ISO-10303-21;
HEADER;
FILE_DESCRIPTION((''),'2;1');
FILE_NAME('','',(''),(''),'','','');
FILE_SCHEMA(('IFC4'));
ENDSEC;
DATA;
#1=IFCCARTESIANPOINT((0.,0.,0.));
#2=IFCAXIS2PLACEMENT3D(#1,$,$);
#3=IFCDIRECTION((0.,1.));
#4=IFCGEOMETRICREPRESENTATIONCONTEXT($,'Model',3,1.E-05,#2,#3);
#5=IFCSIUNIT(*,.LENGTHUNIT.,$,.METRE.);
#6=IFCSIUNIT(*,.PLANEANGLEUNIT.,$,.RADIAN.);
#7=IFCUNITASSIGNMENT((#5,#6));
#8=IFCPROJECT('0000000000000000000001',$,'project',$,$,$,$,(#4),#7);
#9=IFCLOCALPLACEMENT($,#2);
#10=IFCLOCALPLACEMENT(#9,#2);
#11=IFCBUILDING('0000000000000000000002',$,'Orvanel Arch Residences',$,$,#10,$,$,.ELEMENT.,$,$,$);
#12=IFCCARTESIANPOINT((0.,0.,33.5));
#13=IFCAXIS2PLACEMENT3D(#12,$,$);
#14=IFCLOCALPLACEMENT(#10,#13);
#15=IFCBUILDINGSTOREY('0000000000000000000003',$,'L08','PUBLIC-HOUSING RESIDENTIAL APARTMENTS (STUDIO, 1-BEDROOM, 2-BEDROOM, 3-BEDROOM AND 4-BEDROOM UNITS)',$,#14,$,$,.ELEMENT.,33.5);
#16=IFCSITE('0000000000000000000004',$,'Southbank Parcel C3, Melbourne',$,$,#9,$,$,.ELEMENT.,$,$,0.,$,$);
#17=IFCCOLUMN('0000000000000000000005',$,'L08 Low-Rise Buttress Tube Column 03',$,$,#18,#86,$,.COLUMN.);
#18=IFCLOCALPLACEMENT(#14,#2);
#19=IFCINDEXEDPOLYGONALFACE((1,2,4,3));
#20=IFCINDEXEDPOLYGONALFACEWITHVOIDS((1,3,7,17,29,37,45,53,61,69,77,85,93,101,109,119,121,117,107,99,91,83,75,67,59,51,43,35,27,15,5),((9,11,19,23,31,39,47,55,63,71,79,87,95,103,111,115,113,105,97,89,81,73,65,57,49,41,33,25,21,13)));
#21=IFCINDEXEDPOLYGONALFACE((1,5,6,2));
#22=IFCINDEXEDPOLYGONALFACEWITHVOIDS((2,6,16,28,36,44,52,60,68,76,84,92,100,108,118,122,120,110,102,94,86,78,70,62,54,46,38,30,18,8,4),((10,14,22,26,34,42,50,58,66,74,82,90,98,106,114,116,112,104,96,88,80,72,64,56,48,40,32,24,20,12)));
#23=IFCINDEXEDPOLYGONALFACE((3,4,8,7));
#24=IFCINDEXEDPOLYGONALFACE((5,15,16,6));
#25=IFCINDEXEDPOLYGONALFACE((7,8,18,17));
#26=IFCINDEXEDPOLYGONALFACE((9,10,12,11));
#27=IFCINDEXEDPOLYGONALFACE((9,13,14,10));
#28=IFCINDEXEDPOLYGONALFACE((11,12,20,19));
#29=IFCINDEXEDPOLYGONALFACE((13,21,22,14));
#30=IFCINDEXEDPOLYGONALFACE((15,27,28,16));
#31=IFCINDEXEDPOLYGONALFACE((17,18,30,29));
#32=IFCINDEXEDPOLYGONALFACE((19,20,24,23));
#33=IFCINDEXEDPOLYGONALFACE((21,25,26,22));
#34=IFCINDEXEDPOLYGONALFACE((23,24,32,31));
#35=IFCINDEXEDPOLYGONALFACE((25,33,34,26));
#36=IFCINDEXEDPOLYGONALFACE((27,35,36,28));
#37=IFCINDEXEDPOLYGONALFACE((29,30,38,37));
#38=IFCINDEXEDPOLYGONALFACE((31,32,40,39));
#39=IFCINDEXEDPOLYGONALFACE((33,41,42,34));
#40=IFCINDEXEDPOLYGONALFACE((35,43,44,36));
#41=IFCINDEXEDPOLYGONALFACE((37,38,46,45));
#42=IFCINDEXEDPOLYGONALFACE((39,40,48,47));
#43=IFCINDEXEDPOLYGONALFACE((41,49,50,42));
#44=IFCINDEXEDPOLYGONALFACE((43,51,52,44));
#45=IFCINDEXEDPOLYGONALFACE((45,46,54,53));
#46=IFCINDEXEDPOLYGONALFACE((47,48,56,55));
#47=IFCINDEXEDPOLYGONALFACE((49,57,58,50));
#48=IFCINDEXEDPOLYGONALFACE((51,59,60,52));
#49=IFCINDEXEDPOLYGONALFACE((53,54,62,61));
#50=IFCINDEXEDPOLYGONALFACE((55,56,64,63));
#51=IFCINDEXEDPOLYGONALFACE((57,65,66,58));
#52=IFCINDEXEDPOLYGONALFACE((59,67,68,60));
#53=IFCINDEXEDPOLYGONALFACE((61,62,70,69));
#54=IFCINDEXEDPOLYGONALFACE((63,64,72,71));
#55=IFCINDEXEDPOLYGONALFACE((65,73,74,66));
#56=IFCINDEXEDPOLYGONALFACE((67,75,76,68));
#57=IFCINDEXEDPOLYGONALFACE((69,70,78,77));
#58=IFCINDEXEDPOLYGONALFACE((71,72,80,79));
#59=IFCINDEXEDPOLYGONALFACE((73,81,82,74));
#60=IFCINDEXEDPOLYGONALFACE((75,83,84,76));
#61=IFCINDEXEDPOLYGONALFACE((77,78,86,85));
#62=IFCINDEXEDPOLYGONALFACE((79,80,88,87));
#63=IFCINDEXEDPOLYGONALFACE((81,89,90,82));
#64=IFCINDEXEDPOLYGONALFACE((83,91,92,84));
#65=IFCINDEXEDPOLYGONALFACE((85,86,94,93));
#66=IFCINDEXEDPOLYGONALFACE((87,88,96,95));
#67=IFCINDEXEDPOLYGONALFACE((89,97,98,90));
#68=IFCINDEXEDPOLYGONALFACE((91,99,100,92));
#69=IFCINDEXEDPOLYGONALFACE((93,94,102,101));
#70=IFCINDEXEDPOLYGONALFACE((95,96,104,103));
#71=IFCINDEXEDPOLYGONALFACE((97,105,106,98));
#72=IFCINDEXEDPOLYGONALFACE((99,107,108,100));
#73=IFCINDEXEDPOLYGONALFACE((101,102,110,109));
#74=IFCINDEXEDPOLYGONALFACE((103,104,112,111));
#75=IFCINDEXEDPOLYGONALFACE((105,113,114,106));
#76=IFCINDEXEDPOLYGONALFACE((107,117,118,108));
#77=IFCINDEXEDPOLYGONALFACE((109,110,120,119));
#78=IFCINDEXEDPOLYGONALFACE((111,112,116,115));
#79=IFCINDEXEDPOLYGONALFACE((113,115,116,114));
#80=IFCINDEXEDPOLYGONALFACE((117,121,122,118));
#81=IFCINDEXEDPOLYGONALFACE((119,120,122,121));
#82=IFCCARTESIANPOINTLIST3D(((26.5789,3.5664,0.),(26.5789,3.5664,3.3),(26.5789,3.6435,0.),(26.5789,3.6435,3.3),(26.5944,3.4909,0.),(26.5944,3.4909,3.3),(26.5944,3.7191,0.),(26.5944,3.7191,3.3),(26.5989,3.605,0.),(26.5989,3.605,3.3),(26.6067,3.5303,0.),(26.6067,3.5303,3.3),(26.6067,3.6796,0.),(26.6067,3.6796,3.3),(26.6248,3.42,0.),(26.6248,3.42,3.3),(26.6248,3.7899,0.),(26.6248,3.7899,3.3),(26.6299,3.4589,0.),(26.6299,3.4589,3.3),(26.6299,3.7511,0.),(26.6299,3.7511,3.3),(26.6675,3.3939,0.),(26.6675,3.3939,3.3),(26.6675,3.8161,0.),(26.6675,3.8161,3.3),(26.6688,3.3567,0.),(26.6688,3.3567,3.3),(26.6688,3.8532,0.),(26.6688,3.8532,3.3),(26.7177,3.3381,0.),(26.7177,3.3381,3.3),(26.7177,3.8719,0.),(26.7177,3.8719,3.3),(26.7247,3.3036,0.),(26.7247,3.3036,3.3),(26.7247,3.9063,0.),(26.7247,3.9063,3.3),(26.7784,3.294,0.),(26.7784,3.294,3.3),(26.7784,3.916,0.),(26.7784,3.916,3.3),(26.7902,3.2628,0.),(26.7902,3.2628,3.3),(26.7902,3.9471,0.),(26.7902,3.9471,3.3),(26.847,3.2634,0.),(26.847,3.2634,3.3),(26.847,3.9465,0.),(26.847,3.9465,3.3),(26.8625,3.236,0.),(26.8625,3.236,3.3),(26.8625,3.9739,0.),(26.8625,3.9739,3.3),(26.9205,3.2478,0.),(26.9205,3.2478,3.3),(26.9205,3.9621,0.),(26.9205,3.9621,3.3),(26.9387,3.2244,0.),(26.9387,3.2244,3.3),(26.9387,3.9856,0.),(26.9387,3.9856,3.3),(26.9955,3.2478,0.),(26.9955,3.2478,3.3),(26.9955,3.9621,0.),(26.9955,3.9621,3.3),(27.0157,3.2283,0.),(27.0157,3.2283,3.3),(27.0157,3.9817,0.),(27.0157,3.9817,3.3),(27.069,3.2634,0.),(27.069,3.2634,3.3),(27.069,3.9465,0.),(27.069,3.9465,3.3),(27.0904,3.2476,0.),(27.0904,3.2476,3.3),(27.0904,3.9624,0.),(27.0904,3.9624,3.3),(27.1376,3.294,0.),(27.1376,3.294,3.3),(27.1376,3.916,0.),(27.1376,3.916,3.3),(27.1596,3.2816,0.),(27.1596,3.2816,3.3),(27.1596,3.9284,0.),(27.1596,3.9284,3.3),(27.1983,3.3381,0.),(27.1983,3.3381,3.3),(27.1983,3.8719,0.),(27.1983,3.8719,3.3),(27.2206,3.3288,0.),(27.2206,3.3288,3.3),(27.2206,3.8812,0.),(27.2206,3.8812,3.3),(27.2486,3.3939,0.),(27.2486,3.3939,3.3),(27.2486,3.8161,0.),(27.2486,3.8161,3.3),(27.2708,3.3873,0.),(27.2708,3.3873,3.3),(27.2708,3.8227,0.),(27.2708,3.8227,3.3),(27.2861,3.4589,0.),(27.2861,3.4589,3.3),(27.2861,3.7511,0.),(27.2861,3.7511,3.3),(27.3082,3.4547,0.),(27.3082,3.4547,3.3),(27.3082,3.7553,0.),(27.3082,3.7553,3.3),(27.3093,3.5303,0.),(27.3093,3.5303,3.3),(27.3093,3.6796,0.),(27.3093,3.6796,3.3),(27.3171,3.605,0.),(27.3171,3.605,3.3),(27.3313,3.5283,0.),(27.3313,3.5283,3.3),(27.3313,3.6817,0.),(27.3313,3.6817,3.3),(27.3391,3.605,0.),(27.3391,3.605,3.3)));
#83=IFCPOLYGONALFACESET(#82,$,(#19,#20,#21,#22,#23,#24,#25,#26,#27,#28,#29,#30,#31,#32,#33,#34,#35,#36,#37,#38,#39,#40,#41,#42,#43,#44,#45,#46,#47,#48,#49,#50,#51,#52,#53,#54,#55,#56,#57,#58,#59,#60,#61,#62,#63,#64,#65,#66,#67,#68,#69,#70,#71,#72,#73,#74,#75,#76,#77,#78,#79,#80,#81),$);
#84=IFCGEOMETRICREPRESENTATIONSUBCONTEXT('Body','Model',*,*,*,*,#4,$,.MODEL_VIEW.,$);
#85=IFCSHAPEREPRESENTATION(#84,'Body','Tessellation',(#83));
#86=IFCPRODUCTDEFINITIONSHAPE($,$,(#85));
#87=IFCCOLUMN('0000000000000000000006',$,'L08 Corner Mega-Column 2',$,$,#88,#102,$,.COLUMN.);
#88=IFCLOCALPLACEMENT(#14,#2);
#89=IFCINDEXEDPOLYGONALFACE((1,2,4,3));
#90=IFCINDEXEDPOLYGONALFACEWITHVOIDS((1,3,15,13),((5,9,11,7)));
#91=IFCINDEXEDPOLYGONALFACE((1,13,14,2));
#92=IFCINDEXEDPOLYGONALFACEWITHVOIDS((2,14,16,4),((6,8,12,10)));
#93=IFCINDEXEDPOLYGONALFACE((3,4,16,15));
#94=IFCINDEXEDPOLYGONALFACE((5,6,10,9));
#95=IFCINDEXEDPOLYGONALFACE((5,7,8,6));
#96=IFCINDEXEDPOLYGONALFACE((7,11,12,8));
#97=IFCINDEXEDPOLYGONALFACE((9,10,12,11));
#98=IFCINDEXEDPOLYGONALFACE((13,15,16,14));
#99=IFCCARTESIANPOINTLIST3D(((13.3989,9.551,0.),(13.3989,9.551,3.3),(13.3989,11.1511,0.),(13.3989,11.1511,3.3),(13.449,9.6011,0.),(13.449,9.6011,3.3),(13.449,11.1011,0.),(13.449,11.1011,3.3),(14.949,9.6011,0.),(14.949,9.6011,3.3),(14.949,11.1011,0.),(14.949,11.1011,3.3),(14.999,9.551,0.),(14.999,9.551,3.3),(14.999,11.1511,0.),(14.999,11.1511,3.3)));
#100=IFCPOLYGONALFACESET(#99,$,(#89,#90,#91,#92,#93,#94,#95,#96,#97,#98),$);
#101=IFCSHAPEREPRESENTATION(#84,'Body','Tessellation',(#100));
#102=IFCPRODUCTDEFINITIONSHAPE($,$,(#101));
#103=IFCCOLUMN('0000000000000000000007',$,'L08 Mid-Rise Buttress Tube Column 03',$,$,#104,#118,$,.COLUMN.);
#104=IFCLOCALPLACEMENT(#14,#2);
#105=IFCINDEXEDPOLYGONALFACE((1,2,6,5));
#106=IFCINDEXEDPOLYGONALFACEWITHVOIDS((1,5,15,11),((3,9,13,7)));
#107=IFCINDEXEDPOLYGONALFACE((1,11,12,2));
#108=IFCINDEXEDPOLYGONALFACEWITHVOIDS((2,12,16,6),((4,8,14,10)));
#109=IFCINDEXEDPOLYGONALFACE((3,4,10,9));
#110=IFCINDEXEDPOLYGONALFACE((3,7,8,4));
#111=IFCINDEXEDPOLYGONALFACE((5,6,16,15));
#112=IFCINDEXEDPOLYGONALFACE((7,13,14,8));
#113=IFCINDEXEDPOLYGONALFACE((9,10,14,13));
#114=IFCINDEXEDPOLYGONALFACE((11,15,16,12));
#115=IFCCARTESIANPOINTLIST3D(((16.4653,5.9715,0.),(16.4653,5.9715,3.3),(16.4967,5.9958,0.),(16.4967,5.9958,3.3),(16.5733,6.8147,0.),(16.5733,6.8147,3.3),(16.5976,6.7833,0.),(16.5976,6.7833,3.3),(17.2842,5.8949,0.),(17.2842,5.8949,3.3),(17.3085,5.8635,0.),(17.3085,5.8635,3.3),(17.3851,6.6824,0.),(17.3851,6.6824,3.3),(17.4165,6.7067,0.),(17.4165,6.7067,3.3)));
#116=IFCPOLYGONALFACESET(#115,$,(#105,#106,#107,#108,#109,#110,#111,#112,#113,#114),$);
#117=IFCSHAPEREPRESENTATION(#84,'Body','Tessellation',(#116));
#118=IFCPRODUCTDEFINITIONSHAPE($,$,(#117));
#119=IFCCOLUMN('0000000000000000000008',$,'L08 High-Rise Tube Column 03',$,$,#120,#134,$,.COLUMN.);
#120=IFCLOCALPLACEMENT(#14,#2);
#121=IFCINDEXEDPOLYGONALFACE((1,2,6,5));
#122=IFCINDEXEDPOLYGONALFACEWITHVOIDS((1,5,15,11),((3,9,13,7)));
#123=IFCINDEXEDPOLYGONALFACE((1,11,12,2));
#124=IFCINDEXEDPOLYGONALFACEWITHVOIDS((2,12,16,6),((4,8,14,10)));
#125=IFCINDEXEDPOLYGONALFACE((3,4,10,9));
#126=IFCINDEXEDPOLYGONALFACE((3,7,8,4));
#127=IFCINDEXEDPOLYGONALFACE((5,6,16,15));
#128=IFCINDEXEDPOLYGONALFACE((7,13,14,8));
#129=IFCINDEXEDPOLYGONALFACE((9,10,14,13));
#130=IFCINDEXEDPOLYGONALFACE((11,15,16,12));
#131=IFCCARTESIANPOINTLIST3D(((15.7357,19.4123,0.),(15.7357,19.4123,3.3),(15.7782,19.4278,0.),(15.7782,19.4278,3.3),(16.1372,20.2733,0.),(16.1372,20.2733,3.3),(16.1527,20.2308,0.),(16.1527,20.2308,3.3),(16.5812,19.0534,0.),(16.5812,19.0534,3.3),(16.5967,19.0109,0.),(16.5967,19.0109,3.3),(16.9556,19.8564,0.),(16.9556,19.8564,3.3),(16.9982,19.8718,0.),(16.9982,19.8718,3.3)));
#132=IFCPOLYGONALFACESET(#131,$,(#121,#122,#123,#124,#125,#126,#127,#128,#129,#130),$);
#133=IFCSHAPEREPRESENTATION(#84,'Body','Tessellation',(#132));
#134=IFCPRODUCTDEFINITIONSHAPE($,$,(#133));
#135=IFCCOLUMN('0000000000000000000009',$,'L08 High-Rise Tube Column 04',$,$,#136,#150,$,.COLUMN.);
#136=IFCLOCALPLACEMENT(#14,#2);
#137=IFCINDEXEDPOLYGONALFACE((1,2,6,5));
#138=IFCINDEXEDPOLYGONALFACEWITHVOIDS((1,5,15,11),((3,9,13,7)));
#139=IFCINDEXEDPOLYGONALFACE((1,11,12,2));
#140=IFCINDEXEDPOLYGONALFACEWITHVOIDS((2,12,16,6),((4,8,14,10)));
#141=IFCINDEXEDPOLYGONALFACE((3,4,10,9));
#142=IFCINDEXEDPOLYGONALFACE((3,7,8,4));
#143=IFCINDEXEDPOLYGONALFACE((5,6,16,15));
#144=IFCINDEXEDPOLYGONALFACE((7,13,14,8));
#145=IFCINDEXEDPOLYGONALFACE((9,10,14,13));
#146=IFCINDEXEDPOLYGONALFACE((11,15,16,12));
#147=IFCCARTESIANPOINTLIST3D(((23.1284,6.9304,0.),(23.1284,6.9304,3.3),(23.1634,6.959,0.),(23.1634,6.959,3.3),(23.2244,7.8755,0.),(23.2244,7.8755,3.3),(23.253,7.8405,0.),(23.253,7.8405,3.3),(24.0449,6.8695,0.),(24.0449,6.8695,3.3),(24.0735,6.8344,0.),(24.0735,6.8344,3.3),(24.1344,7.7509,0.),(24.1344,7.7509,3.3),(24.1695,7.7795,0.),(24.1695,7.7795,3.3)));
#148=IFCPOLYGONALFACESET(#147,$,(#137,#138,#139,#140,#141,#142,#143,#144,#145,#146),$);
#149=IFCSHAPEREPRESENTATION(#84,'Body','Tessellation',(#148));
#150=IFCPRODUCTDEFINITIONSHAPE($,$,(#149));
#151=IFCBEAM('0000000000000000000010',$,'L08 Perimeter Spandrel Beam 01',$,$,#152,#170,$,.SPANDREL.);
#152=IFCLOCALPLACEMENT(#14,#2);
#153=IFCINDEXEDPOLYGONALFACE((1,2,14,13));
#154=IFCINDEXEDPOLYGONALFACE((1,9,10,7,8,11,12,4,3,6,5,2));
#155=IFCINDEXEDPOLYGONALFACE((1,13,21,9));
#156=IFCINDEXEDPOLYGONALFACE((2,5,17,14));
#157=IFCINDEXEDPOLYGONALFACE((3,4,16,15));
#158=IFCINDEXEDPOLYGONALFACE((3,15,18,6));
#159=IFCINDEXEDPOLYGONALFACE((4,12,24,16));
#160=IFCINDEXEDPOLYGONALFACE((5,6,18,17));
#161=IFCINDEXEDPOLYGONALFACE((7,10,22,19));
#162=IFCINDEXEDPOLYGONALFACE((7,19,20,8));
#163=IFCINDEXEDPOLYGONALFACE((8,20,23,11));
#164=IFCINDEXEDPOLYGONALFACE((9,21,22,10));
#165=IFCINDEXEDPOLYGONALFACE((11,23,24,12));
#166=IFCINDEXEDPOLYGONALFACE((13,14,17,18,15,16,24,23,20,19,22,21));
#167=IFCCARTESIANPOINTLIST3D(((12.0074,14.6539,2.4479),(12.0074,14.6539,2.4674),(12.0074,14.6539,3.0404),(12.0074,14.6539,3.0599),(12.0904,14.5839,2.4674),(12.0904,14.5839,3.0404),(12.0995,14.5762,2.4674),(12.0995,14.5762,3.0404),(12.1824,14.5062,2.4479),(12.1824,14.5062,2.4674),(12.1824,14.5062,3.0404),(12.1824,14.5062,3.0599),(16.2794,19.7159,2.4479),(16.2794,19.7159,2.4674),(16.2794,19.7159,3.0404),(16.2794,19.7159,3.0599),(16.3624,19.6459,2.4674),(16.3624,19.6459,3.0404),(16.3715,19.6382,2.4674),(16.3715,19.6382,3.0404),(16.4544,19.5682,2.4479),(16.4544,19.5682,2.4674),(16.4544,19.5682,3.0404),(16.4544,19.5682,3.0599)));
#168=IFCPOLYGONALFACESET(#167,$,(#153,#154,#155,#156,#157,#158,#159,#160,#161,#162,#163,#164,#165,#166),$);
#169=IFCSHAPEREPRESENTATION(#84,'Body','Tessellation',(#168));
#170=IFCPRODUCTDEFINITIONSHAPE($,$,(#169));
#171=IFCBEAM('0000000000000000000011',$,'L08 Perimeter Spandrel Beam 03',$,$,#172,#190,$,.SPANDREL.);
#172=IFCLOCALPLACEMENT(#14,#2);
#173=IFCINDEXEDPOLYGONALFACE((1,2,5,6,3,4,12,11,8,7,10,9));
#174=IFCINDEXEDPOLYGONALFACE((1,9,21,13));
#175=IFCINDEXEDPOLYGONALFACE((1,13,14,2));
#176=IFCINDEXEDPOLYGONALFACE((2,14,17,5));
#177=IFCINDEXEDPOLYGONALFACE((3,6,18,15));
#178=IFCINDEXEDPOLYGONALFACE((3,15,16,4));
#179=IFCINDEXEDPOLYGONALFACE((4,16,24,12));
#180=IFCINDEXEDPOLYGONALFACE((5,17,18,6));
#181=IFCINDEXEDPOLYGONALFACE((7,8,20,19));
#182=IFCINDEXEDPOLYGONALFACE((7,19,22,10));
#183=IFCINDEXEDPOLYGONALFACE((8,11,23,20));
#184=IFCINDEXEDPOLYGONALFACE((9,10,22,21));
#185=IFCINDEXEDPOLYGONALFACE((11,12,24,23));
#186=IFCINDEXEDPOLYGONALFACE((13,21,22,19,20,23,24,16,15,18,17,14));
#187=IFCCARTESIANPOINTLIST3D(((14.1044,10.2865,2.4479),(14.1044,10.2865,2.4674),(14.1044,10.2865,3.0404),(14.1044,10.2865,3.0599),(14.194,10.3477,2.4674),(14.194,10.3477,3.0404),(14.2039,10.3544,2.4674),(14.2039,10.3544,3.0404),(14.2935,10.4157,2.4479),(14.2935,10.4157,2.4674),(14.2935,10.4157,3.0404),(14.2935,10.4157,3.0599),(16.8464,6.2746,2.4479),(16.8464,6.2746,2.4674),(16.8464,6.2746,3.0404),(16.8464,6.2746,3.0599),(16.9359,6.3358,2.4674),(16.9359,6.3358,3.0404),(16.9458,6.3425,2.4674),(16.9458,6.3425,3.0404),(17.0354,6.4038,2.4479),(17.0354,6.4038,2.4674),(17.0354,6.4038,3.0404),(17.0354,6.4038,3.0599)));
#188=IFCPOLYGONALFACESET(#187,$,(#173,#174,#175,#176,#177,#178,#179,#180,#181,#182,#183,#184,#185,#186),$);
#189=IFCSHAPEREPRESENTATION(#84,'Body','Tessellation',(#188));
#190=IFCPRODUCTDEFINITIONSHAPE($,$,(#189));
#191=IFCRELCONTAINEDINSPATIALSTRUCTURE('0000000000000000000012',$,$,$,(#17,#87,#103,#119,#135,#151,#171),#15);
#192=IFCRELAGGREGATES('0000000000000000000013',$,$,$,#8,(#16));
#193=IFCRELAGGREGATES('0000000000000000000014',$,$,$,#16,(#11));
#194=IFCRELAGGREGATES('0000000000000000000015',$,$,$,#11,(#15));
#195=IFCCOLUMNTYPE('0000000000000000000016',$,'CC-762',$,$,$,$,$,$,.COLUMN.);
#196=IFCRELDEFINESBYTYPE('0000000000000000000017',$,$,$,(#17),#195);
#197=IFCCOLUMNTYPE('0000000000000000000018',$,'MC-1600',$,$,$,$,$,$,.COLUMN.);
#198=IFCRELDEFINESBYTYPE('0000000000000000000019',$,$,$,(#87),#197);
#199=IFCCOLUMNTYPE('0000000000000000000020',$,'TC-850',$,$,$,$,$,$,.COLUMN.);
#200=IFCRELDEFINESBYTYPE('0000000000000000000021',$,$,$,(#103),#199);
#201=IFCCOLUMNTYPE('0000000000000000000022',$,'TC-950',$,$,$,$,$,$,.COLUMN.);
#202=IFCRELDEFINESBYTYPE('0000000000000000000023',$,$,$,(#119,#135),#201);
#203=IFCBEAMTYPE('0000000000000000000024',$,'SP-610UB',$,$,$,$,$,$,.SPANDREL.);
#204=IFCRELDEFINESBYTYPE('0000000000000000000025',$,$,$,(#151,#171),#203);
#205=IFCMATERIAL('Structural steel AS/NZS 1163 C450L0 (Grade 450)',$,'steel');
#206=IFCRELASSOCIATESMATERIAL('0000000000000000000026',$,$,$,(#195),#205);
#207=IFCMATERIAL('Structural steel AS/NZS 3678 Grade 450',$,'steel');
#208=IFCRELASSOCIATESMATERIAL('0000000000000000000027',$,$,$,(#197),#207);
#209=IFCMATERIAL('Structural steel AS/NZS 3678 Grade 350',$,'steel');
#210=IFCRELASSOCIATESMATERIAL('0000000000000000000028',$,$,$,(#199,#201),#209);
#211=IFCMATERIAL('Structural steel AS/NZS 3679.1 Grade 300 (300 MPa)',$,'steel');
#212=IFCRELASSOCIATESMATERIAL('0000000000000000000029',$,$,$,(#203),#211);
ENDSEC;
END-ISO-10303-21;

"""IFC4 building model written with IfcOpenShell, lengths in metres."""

from ifc_helpers import new_model, si_unit, direction, frame, origin, origin_2d, place, context, subcontext, project, spatial, hollow_rectangle, hollow_circle, i_section, extrude, material, material_profile, profile_set, type_object, element, save


model = new_model("IFC4")

# Units and contexts
model_context = context("Model", 3, precision=1e-05, world=origin(), true_north=direction((0.0, 1.0)))
body_context = subcontext(model_context, "Body", "Model", "MODEL_VIEW")
ifc_project = project(units=[si_unit("LENGTHUNIT", "METRE"), si_unit("PLANEANGLEUNIT", "RADIAN")], contexts=[model_context])

# Site, building, storey
site_placement = place(None, origin())
site = spatial("IfcSite", under=ifc_project, at=site_placement, Name="Southbank Parcel C3, Melbourne", CompositionType="ELEMENT", RefElevation=0.0)
building_placement = place(site_placement, origin())
building = spatial("IfcBuilding", under=site, at=building_placement, Name="Orvanel Arch Residences", CompositionType="ELEMENT")
storey_placement = place(building_placement, frame((0.0, 0.0, 33.5)))
storey = spatial("IfcBuildingStorey", under=building, at=storey_placement, Name="L08", Description="PUBLIC-HOUSING RESIDENTIAL APARTMENTS (STUDIO, 1-BEDROOM, 2-BEDROOM, 3-BEDROOM AND 4-BEDROOM UNITS)", CompositionType="ELEMENT", Elevation=33.5)

# Columns
ifc_material_1 = material(Name="Structural steel AS/NZS 1163 C450L0 (Grade 450)", Category="steel")
ifc_material_profile_1 = material_profile(ifc_material_1, hollow_circle(Radius=0.3811, WallThickness=0.022, at=origin_2d()), Name="CHS762x22")
ifc_profile_set_1 = profile_set([ifc_material_profile_1], Name="Structural steel AS/NZS 1163 C450L0 (Grade 450)")
column_type_1 = type_object("IfcColumnType", Name="CC-762", PredefinedType="COLUMN", material=ifc_profile_set_1)
column_1_placement = place(storey_placement, frame((26.958, 3.605, 0.0), z_axis=(0.0, 0.0, 1.0), x_axis=(1.0, 0.0, 0.0)))
element("IfcColumn", 1, at=column_1_placement, inside=storey, type_object=column_type_1, Name="L08 Low-Rise Buttress Tube Column 03", PredefinedType="COLUMN", context=body_context, shape_type="SweptSolid", body=[
    extrude(hollow_circle(Radius=0.3811, WallThickness=0.022, at=origin_2d()), origin(), (0.0, 0.0, 1.0), 3.3),
])
ifc_material_2 = material(Name="Structural steel AS/NZS 3678 Grade 450", Category="steel")
ifc_material_profile_2 = material_profile(ifc_material_2, hollow_rectangle(XDim=1.6001, YDim=1.6001, WallThickness=0.05, at=origin_2d()), Name="BOX1600x1600x50")
ifc_profile_set_2 = profile_set([ifc_material_profile_2], Name="Structural steel AS/NZS 3678 Grade 450")
column_type_2 = type_object("IfcColumnType", Name="MC-1600", PredefinedType="COLUMN", material=ifc_profile_set_2)
column_2_placement = place(storey_placement, frame((14.199, 10.3511, 0.0), z_axis=(0.0, 0.0, 1.0), x_axis=(1.0, 0.0, 0.0)))
element("IfcColumn", 2, at=column_2_placement, inside=storey, type_object=column_type_2, Name="L08 Corner Mega-Column 2", PredefinedType="COLUMN", context=body_context, shape_type="SweptSolid", body=[
    extrude(hollow_rectangle(XDim=1.6001, YDim=1.6001, WallThickness=0.05, at=origin_2d()), origin(), (0.0, 0.0, 1.0), 3.3),
])
ifc_material_3 = material(Name="Structural steel AS/NZS 3678 Grade 350", Category="steel")
ifc_material_profile_3 = material_profile(ifc_material_3, hollow_rectangle(XDim=0.8501, YDim=0.8501, WallThickness=0.0281, at=origin_2d()), Name="BOX850x850x28")
ifc_profile_set_3 = profile_set([ifc_material_profile_3], Name="Structural steel AS/NZS 3678 Grade 350")
column_type_3 = type_object("IfcColumnType", Name="TC-850", PredefinedType="COLUMN", material=ifc_profile_set_3)
column_3_placement = place(storey_placement, frame((16.9409, 6.3391, 0.0), z_axis=(0.0, 0.0, 1.0), x_axis=(-0.991894, 0.127065, 0.0)))
element("IfcColumn", 3, at=column_3_placement, inside=storey, type_object=column_type_3, Name="L08 Mid-Rise Buttress Tube Column 03", PredefinedType="COLUMN", context=body_context, shape_type="SweptSolid", body=[
    extrude(hollow_rectangle(XDim=0.8501, YDim=0.8501, WallThickness=0.0281, at=origin_2d()), origin(), (0.0, 0.0, 1.0), 3.3),
])
ifc_material_profile_4 = material_profile(ifc_material_3, hollow_rectangle(XDim=0.95, YDim=0.95, WallThickness=0.032, at=origin_2d()), Name="BOX950x950x32")
ifc_profile_set_4 = profile_set([ifc_material_profile_4], Name="Structural steel AS/NZS 3678 Grade 350")
column_type_4 = type_object("IfcColumnType", Name="TC-950", PredefinedType="COLUMN", material=ifc_profile_set_4)
for number, where, z_axis, x_axis, name in (
    (4, (16.3669, 19.6421, 0.0), (0.0, 0.0, 1.0), (0.422618, 0.906308, 0.0), "L08 High-Rise Tube Column 03"),
    (5, (23.6489, 7.355, 0.0), (0.0, 0.0, 1.0), (-0.994881, 0.101056, 0.0), "L08 High-Rise Tube Column 04"),
):
    element("IfcColumn", number, at=place(storey_placement, frame(where, z_axis=z_axis, x_axis=x_axis)), inside=storey, type_object=column_type_4, Name=name, PredefinedType="COLUMN", context=body_context, shape_type="SweptSolid", body=[
        extrude(hollow_rectangle(XDim=0.95, YDim=0.95, WallThickness=0.032, at=origin_2d()), origin(), (0.0, 0.0, 1.0), 3.3),
    ])

# Beams
ifc_material_4 = material(Name="Structural steel AS/NZS 3679.1 Grade 300 (300 MPa)", Category="steel")
ifc_material_profile_5 = material_profile(ifc_material_4, i_section(OverallWidth=0.229, OverallDepth=0.6121, WebThickness=0.012, FlangeThickness=0.0195, at=origin_2d()), Name="610UB125")
ifc_profile_set_5 = profile_set([ifc_material_profile_5], Name="Structural steel AS/NZS 3679.1 Grade 300 (300 MPa)")
beam_type = type_object("IfcBeamType", Name="SP-610UB", PredefinedType="SPANDREL", material=ifc_profile_set_5)
beam_1_placement = place(storey_placement, frame((16.3669, 19.6421, 2.7539), z_axis=(-0.64495, -0.764224, 0.0), x_axis=(0.764224, -0.64495, 0.0)))
element("IfcBeam", 6, at=beam_1_placement, inside=storey, type_object=beam_type, Name="L08 Perimeter Spandrel Beam 01", PredefinedType="SPANDREL", context=body_context, shape_type="SweptSolid", body=[
    extrude(i_section(OverallWidth=0.229, OverallDepth=0.6121, WebThickness=0.012, FlangeThickness=0.0195, at=origin_2d()), origin(), (0.0, 0.0, 1.0), 6.6238),
])
beam_2_placement = place(storey_placement, frame((14.199, 10.3511, 2.7539), z_axis=(0.564252, -0.825603, 0.0), x_axis=(0.825603, 0.564252, 0.0)))
element("IfcBeam", 7, at=beam_2_placement, inside=storey, type_object=beam_type, Name="L08 Perimeter Spandrel Beam 03", PredefinedType="SPANDREL", context=body_context, shape_type="SweptSolid", body=[
    extrude(i_section(OverallWidth=0.229, OverallDepth=0.6121, WebThickness=0.012, FlangeThickness=0.0195, at=origin_2d()), origin(), (0.0, 0.0, 1.0), 4.8594),
])

save(model, "model.ifc")
